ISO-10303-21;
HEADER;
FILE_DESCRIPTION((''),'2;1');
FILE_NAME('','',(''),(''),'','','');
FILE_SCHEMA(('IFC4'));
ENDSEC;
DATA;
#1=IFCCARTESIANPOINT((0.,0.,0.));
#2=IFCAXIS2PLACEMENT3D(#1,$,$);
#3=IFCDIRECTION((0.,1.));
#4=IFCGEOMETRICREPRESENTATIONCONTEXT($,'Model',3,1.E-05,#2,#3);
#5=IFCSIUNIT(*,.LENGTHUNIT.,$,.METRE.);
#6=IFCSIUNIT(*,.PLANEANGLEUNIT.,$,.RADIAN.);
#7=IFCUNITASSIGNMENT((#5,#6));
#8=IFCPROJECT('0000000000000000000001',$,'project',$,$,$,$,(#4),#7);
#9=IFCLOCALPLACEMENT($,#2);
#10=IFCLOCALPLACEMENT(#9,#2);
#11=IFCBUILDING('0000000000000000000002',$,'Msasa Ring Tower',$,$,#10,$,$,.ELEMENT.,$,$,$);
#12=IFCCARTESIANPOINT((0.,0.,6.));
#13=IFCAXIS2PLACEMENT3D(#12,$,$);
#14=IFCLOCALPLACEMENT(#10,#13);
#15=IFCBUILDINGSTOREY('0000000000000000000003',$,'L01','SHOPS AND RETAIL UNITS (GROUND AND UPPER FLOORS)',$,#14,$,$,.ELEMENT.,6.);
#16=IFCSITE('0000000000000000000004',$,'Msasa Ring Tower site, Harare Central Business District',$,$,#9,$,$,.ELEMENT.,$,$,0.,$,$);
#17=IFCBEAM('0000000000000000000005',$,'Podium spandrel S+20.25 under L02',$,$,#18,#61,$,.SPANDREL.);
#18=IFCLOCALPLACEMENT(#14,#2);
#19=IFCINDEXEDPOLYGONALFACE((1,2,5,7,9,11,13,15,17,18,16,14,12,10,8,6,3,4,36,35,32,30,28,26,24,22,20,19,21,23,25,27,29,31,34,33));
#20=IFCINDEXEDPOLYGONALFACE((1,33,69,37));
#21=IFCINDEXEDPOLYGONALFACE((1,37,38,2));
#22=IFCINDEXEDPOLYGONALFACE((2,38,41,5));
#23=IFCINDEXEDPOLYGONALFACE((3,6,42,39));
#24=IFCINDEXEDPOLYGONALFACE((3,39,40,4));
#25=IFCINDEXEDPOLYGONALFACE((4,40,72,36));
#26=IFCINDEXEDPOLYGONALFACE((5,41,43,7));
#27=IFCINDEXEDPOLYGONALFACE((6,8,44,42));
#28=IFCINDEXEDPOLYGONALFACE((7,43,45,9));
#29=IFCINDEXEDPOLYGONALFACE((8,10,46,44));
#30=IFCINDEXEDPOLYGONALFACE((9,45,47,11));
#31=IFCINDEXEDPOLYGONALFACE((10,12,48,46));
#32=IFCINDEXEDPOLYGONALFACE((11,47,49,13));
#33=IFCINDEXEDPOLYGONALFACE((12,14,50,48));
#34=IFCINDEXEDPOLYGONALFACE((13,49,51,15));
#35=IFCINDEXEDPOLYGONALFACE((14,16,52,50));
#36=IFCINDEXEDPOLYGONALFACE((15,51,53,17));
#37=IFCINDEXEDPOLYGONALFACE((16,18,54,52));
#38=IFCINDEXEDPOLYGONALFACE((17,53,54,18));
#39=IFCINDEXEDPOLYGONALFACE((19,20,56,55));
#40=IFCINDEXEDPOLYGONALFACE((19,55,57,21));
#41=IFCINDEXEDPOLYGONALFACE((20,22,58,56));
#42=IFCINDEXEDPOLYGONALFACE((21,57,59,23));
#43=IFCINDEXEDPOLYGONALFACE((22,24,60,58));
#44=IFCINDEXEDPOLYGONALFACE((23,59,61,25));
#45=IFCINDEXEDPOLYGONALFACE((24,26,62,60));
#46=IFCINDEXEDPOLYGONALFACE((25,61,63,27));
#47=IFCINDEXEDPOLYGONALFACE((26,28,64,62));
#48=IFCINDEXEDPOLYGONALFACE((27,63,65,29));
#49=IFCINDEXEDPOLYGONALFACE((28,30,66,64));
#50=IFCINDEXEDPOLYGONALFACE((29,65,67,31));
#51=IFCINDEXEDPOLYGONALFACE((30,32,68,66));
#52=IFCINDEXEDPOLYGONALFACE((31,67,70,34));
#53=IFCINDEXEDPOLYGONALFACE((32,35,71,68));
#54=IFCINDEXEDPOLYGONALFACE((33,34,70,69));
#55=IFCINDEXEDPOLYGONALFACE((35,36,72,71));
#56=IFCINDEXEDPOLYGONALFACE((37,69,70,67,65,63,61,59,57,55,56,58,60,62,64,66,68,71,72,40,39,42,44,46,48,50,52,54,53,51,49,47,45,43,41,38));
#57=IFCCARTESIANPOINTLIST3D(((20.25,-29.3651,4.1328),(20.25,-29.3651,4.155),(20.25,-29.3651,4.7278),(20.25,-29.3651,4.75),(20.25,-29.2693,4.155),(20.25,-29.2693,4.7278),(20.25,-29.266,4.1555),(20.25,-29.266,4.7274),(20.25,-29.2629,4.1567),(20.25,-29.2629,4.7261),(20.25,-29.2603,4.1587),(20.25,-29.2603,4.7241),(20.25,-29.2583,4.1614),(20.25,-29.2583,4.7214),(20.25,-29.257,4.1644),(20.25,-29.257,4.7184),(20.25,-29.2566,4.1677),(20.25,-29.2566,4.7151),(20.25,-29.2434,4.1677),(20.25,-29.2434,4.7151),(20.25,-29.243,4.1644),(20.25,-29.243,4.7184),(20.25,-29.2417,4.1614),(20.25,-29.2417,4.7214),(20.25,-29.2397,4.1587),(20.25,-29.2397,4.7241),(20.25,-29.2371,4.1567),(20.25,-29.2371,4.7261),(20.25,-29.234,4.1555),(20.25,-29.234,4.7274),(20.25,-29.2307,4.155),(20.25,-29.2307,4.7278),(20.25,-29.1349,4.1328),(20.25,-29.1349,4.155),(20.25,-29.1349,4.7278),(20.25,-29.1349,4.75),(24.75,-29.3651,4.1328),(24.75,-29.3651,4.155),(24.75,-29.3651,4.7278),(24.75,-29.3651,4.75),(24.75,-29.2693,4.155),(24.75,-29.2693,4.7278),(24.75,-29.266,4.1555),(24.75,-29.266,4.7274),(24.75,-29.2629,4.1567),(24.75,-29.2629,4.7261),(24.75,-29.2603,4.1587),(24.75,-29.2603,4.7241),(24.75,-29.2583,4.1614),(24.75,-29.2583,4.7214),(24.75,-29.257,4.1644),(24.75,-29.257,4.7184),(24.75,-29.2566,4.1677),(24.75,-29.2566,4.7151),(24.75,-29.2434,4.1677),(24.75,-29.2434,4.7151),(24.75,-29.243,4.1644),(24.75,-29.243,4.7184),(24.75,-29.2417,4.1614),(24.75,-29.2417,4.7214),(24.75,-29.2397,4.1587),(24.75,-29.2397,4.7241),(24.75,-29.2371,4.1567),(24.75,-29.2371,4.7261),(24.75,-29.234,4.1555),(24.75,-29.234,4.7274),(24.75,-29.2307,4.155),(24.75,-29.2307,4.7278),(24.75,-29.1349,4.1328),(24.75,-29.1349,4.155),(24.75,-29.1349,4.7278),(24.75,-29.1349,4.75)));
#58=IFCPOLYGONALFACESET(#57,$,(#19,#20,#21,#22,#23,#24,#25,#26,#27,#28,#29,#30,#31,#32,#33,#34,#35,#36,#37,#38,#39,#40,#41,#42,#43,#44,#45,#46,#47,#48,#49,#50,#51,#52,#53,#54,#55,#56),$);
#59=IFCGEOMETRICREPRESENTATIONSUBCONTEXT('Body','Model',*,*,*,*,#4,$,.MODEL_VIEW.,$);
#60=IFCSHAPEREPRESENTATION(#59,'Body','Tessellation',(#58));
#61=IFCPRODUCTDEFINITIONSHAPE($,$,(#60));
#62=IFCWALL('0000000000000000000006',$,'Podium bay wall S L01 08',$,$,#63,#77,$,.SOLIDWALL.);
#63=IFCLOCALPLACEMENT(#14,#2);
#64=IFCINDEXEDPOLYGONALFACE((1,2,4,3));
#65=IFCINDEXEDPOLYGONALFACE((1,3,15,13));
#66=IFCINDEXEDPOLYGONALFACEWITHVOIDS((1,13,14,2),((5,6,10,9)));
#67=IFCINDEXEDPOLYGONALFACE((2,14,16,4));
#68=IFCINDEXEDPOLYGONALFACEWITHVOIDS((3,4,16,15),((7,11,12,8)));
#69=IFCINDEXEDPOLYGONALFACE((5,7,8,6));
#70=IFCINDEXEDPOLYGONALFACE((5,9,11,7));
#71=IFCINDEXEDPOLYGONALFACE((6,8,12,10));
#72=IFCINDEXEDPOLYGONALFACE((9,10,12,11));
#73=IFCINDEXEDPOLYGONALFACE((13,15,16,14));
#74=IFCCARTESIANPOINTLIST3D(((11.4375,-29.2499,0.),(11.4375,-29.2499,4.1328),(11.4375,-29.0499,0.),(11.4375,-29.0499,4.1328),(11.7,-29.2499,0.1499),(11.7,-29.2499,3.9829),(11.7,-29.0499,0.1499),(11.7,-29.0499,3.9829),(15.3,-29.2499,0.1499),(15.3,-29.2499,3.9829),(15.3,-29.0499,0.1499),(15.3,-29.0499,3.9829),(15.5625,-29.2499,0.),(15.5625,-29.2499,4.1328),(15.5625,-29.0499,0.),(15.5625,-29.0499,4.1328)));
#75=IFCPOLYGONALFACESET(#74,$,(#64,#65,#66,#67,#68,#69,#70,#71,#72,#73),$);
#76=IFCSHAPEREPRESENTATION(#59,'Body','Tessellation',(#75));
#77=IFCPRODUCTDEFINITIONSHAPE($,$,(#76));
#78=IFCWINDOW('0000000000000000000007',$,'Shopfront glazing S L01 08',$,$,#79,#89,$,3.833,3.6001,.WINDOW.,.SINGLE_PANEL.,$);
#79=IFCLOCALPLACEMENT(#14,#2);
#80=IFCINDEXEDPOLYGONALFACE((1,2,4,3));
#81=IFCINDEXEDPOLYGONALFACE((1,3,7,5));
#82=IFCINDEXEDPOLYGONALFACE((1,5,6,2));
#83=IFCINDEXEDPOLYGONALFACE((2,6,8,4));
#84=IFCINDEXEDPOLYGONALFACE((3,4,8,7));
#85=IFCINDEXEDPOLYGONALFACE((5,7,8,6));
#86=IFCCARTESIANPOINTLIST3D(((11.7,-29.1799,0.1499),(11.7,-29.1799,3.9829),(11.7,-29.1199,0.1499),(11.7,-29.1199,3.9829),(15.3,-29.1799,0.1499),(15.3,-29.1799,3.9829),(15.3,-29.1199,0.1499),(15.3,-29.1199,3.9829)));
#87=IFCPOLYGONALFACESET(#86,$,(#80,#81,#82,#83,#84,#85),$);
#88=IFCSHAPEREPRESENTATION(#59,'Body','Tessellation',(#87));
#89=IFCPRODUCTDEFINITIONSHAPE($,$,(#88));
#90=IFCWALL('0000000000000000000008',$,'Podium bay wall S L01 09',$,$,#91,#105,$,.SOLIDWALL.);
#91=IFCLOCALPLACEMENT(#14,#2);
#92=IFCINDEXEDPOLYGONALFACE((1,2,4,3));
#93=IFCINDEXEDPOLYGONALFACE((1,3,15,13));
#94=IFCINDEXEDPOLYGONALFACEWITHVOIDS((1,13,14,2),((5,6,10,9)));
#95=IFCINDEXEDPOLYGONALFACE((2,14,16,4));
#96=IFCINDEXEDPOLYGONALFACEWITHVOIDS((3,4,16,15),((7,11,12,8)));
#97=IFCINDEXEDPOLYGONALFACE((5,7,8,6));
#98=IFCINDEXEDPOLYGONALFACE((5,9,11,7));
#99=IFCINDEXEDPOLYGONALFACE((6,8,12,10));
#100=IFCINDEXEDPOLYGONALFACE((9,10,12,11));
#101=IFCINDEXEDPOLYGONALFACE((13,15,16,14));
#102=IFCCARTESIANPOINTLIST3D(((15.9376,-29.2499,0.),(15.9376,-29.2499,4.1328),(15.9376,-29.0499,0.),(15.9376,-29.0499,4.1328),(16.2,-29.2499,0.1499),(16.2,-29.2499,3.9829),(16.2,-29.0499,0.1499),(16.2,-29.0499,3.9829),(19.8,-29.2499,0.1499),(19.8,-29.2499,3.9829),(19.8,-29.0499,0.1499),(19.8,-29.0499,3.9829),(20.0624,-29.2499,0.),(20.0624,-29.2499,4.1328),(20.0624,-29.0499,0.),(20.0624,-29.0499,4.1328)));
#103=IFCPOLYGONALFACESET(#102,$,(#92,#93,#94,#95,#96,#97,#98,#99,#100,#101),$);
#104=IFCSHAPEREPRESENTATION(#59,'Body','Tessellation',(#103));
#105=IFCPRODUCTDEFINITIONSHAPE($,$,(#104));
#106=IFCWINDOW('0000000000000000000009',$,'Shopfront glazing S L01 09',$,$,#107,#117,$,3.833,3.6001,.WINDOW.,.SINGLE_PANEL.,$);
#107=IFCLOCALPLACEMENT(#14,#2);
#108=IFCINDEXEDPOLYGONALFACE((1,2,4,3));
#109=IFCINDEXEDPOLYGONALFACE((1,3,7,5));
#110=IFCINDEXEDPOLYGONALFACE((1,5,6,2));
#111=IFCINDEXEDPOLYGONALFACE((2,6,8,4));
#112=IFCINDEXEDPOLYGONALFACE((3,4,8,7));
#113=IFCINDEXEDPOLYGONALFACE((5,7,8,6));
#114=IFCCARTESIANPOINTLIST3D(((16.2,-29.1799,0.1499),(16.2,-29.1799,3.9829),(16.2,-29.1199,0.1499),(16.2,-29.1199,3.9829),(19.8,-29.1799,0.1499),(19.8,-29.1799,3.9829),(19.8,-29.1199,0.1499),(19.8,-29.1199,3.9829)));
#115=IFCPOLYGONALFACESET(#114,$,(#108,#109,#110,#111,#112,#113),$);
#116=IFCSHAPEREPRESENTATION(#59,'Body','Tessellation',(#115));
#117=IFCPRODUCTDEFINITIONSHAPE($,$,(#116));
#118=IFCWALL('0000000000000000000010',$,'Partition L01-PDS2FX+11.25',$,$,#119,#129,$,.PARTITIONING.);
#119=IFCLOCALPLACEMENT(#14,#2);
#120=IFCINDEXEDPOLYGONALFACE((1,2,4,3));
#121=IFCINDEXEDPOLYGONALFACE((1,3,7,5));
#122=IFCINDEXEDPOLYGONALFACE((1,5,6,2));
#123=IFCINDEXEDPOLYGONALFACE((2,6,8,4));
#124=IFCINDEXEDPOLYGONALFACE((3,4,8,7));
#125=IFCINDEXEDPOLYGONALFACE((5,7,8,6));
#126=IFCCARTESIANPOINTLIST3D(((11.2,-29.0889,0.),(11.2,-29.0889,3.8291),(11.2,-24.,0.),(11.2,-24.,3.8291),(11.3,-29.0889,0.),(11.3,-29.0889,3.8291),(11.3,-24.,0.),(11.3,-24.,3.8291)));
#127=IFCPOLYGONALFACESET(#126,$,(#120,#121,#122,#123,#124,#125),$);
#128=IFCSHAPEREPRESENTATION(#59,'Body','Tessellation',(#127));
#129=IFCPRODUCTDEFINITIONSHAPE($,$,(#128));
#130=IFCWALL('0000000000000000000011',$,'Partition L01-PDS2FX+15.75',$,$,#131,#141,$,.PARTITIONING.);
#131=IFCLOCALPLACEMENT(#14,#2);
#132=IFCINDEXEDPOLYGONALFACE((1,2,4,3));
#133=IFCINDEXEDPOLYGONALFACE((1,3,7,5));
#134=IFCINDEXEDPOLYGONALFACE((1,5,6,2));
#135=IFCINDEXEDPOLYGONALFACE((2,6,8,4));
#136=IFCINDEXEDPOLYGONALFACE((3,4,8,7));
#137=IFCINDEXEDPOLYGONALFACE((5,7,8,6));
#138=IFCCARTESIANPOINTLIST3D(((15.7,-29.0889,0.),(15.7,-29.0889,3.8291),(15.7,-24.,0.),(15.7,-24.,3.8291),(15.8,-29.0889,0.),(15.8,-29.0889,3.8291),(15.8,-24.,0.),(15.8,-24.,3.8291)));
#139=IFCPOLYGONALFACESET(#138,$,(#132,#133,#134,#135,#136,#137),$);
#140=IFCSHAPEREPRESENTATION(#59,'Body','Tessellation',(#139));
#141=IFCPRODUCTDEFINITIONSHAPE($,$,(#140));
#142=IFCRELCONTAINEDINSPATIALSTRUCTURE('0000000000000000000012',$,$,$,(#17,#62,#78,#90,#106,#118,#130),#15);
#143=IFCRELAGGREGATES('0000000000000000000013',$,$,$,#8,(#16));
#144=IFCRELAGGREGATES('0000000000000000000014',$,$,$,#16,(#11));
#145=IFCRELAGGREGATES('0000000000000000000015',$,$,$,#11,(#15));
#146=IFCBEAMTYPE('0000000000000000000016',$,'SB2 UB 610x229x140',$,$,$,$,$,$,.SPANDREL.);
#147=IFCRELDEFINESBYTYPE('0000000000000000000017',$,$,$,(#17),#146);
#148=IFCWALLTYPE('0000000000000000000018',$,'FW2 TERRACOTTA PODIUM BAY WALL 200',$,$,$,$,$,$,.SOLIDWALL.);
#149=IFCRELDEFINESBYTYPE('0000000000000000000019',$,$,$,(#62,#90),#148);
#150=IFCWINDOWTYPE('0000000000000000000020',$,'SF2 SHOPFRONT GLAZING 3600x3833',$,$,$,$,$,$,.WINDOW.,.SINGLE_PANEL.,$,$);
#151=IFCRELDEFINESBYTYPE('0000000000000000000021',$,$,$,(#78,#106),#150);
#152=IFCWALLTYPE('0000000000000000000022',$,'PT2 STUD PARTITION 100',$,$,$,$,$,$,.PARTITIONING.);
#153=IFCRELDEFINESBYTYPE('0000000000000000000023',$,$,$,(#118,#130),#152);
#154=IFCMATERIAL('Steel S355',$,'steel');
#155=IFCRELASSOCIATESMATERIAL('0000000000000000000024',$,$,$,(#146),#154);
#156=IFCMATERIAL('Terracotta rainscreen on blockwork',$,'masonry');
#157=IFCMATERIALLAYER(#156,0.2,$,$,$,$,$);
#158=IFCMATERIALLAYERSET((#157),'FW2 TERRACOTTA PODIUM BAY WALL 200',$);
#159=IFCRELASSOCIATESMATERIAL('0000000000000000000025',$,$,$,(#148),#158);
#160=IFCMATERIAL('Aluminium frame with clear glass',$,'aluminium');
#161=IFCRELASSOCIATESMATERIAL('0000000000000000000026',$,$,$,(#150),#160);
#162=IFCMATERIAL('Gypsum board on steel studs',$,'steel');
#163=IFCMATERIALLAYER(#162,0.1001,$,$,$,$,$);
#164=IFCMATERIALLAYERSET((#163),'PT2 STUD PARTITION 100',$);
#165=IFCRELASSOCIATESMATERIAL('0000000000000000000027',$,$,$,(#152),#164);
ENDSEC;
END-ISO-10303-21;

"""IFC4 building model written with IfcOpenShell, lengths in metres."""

from ifc_helpers import new_model, si_unit, direction, frame, frame_2d, origin, origin_2d, place, context, subcontext, project, spatial, rectangle, i_section, extrude, material, layer, layer_set, material_profile, profile_set, type_object, element, fill, save


model = new_model("IFC4")

# Units and contexts
model_context = context("Model", 3, precision=1e-05, world=origin(), true_north=direction((0.0, 1.0)))
body_context = subcontext(model_context, "Body", "Model", "MODEL_VIEW")
ifc_project = project(units=[si_unit("LENGTHUNIT", "METRE"), si_unit("PLANEANGLEUNIT", "RADIAN")], contexts=[model_context])

# Site, building, storey
site_placement = place(None, origin())
site = spatial("IfcSite", under=ifc_project, at=site_placement, Name="Msasa Ring Tower site, Harare Central Business District", CompositionType="ELEMENT", RefElevation=0.0)
building_placement = place(site_placement, origin())
building = spatial("IfcBuilding", under=site, at=building_placement, Name="Msasa Ring Tower", CompositionType="ELEMENT")
storey_placement = place(building_placement, frame((0.0, 0.0, 6.0)))
storey = spatial("IfcBuildingStorey", under=building, at=storey_placement, Name="L01", Description="SHOPS AND RETAIL UNITS (GROUND AND UPPER FLOORS)", CompositionType="ELEMENT", Elevation=6.0)

# Beam
ifc_material_1 = material(Name="Steel S355", Category="steel")
ifc_material_profile_1 = material_profile(ifc_material_1, i_section(OverallWidth=0.2302, OverallDepth=0.6172, WebThickness=0.0132, FlangeThickness=0.0222, FilletRadius=0.0127, at=origin_2d()), Name="UB 610x229x140")
ifc_profile_set_1 = profile_set([ifc_material_profile_1], Name="Steel S355")
beam_type_1 = type_object("IfcBeamType", Name="SB2 UB 610x229x140", PredefinedType="SPANDREL", material=ifc_profile_set_1)
for number, where, z_axis, x_axis, name in (
    (1, (20.25, -29.25, 4.4414), (1.0, 0.0, 0.0), (0.0, 1.0, 0.0), "Podium spandrel S+20.25 under L02"),
):
    element("IfcBeam", number, at=place(storey_placement, frame(where, z_axis=z_axis, x_axis=x_axis)), inside=storey, type_object=beam_type_1, Name=name, PredefinedType="SPANDREL", context=body_context, shape_type="SweptSolid", body=[
        extrude(i_section(OverallWidth=0.2302, OverallDepth=0.6172, WebThickness=0.0132, FlangeThickness=0.0222, FilletRadius=0.0127, at=origin_2d()), origin(), (0.0, 0.0, 1.0), 4.5),
    ])

# Walls, openings, windows
ifc_material_2 = material(Name="Terracotta rainscreen on blockwork", Category="masonry")
ifc_layer_1 = layer(ifc_material_2, 0.2)
ifc_layer_set_1 = layer_set([ifc_layer_1], Name="FW2 TERRACOTTA PODIUM BAY WALL 200")
wall_type_1 = type_object("IfcWallType", Name="FW2 TERRACOTTA PODIUM BAY WALL 200", PredefinedType="SOLIDWALL", material=ifc_layer_set_1)
wall_1_placement = place(storey_placement, frame((11.4375, -29.1499, 0.0), z_axis=(0.0, 0.0, 1.0), x_axis=(1.0, 0.0, 0.0)))
wall_1 = element("IfcWall", 2, at=wall_1_placement, inside=storey, type_object=wall_type_1, Name="Podium bay wall S L01 08", PredefinedType="SOLIDWALL", context=body_context, shape_type="SweptSolid", body=[
    extrude(rectangle(XDim=4.125, YDim=0.2, at=frame_2d((2.0625, 0.0))), origin(), (0.0, 0.0, 1.0), 4.1328),
])
opening_1_placement = place(wall_1_placement, frame((0.2625, 0.0, 0.1499)))
opening_1 = element("IfcOpeningElement", 3, at=opening_1_placement, cuts=wall_1, PredefinedType="OPENING", context=body_context, shape_type="SweptSolid", body=[
    extrude(rectangle(XDim=3.6001, YDim=3.833, at=frame_2d((1.8, 1.9165))), frame((0.0, 0.1099, 0.0), z_axis=(0.0, -1.0, 0.0), x_axis=(1.0, 0.0, 0.0)), (0.0, 0.0, 1.0), 0.22),
])
ifc_material_3 = material(Name="Aluminium frame with clear glass", Category="aluminium")
window_type = type_object("IfcWindowType", Name="SF2 SHOPFRONT GLAZING 3600x3833", PartitioningType="SINGLE_PANEL", PredefinedType="WINDOW", material=ifc_material_3)
window_1_placement = place(opening_1_placement, origin())
window_1 = element("IfcWindow", 4, at=window_1_placement, inside=storey, type_object=window_type, Name="Shopfront glazing S L01 08", OverallHeight=3.833, OverallWidth=3.6001, PartitioningType="SINGLE_PANEL", PredefinedType="WINDOW", context=body_context, shape_type="SweptSolid", body=[
    extrude(rectangle(XDim=3.6001, YDim=3.833, at=frame_2d((1.8, 1.9165))), frame((0.0, 0.03, 0.0), z_axis=(0.0, -1.0, 0.0), x_axis=(1.0, 0.0, 0.0)), (0.0, 0.0, 1.0), 0.0601),
])
fill(opening_1, window_1)
wall_2_placement = place(storey_placement, frame((15.9375, -29.1499, 0.0), z_axis=(0.0, 0.0, 1.0), x_axis=(1.0, 0.0, 0.0)))
wall_2 = element("IfcWall", 5, at=wall_2_placement, inside=storey, type_object=wall_type_1, Name="Podium bay wall S L01 09", PredefinedType="SOLIDWALL", context=body_context, shape_type="SweptSolid", body=[
    extrude(rectangle(XDim=4.1248, YDim=0.2, at=frame_2d((2.0625, 0.0))), origin(), (0.0, 0.0, 1.0), 4.1328),
])
opening_2_placement = place(wall_2_placement, frame((0.2625, 0.0, 0.1499)))
opening_2 = element("IfcOpeningElement", 6, at=opening_2_placement, cuts=wall_2, PredefinedType="OPENING", context=body_context, shape_type="SweptSolid", body=[
    extrude(rectangle(XDim=3.6001, YDim=3.833, at=frame_2d((1.8, 1.9165))), frame((0.0, 0.1099, 0.0), z_axis=(0.0, -1.0, 0.0), x_axis=(1.0, 0.0, 0.0)), (0.0, 0.0, 1.0), 0.22),
])
window_2_placement = place(opening_2_placement, origin())
window_2 = element("IfcWindow", 7, at=window_2_placement, inside=storey, type_object=window_type, Name="Shopfront glazing S L01 09", OverallHeight=3.833, OverallWidth=3.6001, PartitioningType="SINGLE_PANEL", PredefinedType="WINDOW", context=body_context, shape_type="SweptSolid", body=[
    extrude(rectangle(XDim=3.6001, YDim=3.833, at=frame_2d((1.8, 1.9165))), frame((0.0, 0.03, 0.0), z_axis=(0.0, -1.0, 0.0), x_axis=(1.0, 0.0, 0.0)), (0.0, 0.0, 1.0), 0.0601),
])
fill(opening_2, window_2)

# Walls
ifc_material_4 = material(Name="Gypsum board on steel studs", Category="steel")
ifc_layer_2 = layer(ifc_material_4, 0.1001)
ifc_layer_set_2 = layer_set([ifc_layer_2], Name="PT2 STUD PARTITION 100")
wall_type_2 = type_object("IfcWallType", Name="PT2 STUD PARTITION 100", PredefinedType="PARTITIONING", material=ifc_layer_set_2)
for number, where, z_axis, x_axis, name in (
    (8, (11.25, -29.0889, 0.0), (0.0, 0.0, 1.0), (0.0, 1.0, 0.0), "Partition L01-PDS2FX+11.25"),
    (9, (15.75, -29.0889, 0.0), (0.0, 0.0, 1.0), (0.0, 1.0, 0.0), "Partition L01-PDS2FX+15.75"),
):
    element("IfcWall", number, at=place(storey_placement, frame(where, z_axis=z_axis, x_axis=x_axis)), inside=storey, type_object=wall_type_2, Name=name, PredefinedType="PARTITIONING", context=body_context, shape_type="SweptSolid", body=[
        extrude(rectangle(XDim=5.0889, YDim=0.1001, at=frame_2d((2.5444, 0.0))), origin(), (0.0, 0.0, 1.0), 3.8291),
    ])

save(model, "model.ifc")
